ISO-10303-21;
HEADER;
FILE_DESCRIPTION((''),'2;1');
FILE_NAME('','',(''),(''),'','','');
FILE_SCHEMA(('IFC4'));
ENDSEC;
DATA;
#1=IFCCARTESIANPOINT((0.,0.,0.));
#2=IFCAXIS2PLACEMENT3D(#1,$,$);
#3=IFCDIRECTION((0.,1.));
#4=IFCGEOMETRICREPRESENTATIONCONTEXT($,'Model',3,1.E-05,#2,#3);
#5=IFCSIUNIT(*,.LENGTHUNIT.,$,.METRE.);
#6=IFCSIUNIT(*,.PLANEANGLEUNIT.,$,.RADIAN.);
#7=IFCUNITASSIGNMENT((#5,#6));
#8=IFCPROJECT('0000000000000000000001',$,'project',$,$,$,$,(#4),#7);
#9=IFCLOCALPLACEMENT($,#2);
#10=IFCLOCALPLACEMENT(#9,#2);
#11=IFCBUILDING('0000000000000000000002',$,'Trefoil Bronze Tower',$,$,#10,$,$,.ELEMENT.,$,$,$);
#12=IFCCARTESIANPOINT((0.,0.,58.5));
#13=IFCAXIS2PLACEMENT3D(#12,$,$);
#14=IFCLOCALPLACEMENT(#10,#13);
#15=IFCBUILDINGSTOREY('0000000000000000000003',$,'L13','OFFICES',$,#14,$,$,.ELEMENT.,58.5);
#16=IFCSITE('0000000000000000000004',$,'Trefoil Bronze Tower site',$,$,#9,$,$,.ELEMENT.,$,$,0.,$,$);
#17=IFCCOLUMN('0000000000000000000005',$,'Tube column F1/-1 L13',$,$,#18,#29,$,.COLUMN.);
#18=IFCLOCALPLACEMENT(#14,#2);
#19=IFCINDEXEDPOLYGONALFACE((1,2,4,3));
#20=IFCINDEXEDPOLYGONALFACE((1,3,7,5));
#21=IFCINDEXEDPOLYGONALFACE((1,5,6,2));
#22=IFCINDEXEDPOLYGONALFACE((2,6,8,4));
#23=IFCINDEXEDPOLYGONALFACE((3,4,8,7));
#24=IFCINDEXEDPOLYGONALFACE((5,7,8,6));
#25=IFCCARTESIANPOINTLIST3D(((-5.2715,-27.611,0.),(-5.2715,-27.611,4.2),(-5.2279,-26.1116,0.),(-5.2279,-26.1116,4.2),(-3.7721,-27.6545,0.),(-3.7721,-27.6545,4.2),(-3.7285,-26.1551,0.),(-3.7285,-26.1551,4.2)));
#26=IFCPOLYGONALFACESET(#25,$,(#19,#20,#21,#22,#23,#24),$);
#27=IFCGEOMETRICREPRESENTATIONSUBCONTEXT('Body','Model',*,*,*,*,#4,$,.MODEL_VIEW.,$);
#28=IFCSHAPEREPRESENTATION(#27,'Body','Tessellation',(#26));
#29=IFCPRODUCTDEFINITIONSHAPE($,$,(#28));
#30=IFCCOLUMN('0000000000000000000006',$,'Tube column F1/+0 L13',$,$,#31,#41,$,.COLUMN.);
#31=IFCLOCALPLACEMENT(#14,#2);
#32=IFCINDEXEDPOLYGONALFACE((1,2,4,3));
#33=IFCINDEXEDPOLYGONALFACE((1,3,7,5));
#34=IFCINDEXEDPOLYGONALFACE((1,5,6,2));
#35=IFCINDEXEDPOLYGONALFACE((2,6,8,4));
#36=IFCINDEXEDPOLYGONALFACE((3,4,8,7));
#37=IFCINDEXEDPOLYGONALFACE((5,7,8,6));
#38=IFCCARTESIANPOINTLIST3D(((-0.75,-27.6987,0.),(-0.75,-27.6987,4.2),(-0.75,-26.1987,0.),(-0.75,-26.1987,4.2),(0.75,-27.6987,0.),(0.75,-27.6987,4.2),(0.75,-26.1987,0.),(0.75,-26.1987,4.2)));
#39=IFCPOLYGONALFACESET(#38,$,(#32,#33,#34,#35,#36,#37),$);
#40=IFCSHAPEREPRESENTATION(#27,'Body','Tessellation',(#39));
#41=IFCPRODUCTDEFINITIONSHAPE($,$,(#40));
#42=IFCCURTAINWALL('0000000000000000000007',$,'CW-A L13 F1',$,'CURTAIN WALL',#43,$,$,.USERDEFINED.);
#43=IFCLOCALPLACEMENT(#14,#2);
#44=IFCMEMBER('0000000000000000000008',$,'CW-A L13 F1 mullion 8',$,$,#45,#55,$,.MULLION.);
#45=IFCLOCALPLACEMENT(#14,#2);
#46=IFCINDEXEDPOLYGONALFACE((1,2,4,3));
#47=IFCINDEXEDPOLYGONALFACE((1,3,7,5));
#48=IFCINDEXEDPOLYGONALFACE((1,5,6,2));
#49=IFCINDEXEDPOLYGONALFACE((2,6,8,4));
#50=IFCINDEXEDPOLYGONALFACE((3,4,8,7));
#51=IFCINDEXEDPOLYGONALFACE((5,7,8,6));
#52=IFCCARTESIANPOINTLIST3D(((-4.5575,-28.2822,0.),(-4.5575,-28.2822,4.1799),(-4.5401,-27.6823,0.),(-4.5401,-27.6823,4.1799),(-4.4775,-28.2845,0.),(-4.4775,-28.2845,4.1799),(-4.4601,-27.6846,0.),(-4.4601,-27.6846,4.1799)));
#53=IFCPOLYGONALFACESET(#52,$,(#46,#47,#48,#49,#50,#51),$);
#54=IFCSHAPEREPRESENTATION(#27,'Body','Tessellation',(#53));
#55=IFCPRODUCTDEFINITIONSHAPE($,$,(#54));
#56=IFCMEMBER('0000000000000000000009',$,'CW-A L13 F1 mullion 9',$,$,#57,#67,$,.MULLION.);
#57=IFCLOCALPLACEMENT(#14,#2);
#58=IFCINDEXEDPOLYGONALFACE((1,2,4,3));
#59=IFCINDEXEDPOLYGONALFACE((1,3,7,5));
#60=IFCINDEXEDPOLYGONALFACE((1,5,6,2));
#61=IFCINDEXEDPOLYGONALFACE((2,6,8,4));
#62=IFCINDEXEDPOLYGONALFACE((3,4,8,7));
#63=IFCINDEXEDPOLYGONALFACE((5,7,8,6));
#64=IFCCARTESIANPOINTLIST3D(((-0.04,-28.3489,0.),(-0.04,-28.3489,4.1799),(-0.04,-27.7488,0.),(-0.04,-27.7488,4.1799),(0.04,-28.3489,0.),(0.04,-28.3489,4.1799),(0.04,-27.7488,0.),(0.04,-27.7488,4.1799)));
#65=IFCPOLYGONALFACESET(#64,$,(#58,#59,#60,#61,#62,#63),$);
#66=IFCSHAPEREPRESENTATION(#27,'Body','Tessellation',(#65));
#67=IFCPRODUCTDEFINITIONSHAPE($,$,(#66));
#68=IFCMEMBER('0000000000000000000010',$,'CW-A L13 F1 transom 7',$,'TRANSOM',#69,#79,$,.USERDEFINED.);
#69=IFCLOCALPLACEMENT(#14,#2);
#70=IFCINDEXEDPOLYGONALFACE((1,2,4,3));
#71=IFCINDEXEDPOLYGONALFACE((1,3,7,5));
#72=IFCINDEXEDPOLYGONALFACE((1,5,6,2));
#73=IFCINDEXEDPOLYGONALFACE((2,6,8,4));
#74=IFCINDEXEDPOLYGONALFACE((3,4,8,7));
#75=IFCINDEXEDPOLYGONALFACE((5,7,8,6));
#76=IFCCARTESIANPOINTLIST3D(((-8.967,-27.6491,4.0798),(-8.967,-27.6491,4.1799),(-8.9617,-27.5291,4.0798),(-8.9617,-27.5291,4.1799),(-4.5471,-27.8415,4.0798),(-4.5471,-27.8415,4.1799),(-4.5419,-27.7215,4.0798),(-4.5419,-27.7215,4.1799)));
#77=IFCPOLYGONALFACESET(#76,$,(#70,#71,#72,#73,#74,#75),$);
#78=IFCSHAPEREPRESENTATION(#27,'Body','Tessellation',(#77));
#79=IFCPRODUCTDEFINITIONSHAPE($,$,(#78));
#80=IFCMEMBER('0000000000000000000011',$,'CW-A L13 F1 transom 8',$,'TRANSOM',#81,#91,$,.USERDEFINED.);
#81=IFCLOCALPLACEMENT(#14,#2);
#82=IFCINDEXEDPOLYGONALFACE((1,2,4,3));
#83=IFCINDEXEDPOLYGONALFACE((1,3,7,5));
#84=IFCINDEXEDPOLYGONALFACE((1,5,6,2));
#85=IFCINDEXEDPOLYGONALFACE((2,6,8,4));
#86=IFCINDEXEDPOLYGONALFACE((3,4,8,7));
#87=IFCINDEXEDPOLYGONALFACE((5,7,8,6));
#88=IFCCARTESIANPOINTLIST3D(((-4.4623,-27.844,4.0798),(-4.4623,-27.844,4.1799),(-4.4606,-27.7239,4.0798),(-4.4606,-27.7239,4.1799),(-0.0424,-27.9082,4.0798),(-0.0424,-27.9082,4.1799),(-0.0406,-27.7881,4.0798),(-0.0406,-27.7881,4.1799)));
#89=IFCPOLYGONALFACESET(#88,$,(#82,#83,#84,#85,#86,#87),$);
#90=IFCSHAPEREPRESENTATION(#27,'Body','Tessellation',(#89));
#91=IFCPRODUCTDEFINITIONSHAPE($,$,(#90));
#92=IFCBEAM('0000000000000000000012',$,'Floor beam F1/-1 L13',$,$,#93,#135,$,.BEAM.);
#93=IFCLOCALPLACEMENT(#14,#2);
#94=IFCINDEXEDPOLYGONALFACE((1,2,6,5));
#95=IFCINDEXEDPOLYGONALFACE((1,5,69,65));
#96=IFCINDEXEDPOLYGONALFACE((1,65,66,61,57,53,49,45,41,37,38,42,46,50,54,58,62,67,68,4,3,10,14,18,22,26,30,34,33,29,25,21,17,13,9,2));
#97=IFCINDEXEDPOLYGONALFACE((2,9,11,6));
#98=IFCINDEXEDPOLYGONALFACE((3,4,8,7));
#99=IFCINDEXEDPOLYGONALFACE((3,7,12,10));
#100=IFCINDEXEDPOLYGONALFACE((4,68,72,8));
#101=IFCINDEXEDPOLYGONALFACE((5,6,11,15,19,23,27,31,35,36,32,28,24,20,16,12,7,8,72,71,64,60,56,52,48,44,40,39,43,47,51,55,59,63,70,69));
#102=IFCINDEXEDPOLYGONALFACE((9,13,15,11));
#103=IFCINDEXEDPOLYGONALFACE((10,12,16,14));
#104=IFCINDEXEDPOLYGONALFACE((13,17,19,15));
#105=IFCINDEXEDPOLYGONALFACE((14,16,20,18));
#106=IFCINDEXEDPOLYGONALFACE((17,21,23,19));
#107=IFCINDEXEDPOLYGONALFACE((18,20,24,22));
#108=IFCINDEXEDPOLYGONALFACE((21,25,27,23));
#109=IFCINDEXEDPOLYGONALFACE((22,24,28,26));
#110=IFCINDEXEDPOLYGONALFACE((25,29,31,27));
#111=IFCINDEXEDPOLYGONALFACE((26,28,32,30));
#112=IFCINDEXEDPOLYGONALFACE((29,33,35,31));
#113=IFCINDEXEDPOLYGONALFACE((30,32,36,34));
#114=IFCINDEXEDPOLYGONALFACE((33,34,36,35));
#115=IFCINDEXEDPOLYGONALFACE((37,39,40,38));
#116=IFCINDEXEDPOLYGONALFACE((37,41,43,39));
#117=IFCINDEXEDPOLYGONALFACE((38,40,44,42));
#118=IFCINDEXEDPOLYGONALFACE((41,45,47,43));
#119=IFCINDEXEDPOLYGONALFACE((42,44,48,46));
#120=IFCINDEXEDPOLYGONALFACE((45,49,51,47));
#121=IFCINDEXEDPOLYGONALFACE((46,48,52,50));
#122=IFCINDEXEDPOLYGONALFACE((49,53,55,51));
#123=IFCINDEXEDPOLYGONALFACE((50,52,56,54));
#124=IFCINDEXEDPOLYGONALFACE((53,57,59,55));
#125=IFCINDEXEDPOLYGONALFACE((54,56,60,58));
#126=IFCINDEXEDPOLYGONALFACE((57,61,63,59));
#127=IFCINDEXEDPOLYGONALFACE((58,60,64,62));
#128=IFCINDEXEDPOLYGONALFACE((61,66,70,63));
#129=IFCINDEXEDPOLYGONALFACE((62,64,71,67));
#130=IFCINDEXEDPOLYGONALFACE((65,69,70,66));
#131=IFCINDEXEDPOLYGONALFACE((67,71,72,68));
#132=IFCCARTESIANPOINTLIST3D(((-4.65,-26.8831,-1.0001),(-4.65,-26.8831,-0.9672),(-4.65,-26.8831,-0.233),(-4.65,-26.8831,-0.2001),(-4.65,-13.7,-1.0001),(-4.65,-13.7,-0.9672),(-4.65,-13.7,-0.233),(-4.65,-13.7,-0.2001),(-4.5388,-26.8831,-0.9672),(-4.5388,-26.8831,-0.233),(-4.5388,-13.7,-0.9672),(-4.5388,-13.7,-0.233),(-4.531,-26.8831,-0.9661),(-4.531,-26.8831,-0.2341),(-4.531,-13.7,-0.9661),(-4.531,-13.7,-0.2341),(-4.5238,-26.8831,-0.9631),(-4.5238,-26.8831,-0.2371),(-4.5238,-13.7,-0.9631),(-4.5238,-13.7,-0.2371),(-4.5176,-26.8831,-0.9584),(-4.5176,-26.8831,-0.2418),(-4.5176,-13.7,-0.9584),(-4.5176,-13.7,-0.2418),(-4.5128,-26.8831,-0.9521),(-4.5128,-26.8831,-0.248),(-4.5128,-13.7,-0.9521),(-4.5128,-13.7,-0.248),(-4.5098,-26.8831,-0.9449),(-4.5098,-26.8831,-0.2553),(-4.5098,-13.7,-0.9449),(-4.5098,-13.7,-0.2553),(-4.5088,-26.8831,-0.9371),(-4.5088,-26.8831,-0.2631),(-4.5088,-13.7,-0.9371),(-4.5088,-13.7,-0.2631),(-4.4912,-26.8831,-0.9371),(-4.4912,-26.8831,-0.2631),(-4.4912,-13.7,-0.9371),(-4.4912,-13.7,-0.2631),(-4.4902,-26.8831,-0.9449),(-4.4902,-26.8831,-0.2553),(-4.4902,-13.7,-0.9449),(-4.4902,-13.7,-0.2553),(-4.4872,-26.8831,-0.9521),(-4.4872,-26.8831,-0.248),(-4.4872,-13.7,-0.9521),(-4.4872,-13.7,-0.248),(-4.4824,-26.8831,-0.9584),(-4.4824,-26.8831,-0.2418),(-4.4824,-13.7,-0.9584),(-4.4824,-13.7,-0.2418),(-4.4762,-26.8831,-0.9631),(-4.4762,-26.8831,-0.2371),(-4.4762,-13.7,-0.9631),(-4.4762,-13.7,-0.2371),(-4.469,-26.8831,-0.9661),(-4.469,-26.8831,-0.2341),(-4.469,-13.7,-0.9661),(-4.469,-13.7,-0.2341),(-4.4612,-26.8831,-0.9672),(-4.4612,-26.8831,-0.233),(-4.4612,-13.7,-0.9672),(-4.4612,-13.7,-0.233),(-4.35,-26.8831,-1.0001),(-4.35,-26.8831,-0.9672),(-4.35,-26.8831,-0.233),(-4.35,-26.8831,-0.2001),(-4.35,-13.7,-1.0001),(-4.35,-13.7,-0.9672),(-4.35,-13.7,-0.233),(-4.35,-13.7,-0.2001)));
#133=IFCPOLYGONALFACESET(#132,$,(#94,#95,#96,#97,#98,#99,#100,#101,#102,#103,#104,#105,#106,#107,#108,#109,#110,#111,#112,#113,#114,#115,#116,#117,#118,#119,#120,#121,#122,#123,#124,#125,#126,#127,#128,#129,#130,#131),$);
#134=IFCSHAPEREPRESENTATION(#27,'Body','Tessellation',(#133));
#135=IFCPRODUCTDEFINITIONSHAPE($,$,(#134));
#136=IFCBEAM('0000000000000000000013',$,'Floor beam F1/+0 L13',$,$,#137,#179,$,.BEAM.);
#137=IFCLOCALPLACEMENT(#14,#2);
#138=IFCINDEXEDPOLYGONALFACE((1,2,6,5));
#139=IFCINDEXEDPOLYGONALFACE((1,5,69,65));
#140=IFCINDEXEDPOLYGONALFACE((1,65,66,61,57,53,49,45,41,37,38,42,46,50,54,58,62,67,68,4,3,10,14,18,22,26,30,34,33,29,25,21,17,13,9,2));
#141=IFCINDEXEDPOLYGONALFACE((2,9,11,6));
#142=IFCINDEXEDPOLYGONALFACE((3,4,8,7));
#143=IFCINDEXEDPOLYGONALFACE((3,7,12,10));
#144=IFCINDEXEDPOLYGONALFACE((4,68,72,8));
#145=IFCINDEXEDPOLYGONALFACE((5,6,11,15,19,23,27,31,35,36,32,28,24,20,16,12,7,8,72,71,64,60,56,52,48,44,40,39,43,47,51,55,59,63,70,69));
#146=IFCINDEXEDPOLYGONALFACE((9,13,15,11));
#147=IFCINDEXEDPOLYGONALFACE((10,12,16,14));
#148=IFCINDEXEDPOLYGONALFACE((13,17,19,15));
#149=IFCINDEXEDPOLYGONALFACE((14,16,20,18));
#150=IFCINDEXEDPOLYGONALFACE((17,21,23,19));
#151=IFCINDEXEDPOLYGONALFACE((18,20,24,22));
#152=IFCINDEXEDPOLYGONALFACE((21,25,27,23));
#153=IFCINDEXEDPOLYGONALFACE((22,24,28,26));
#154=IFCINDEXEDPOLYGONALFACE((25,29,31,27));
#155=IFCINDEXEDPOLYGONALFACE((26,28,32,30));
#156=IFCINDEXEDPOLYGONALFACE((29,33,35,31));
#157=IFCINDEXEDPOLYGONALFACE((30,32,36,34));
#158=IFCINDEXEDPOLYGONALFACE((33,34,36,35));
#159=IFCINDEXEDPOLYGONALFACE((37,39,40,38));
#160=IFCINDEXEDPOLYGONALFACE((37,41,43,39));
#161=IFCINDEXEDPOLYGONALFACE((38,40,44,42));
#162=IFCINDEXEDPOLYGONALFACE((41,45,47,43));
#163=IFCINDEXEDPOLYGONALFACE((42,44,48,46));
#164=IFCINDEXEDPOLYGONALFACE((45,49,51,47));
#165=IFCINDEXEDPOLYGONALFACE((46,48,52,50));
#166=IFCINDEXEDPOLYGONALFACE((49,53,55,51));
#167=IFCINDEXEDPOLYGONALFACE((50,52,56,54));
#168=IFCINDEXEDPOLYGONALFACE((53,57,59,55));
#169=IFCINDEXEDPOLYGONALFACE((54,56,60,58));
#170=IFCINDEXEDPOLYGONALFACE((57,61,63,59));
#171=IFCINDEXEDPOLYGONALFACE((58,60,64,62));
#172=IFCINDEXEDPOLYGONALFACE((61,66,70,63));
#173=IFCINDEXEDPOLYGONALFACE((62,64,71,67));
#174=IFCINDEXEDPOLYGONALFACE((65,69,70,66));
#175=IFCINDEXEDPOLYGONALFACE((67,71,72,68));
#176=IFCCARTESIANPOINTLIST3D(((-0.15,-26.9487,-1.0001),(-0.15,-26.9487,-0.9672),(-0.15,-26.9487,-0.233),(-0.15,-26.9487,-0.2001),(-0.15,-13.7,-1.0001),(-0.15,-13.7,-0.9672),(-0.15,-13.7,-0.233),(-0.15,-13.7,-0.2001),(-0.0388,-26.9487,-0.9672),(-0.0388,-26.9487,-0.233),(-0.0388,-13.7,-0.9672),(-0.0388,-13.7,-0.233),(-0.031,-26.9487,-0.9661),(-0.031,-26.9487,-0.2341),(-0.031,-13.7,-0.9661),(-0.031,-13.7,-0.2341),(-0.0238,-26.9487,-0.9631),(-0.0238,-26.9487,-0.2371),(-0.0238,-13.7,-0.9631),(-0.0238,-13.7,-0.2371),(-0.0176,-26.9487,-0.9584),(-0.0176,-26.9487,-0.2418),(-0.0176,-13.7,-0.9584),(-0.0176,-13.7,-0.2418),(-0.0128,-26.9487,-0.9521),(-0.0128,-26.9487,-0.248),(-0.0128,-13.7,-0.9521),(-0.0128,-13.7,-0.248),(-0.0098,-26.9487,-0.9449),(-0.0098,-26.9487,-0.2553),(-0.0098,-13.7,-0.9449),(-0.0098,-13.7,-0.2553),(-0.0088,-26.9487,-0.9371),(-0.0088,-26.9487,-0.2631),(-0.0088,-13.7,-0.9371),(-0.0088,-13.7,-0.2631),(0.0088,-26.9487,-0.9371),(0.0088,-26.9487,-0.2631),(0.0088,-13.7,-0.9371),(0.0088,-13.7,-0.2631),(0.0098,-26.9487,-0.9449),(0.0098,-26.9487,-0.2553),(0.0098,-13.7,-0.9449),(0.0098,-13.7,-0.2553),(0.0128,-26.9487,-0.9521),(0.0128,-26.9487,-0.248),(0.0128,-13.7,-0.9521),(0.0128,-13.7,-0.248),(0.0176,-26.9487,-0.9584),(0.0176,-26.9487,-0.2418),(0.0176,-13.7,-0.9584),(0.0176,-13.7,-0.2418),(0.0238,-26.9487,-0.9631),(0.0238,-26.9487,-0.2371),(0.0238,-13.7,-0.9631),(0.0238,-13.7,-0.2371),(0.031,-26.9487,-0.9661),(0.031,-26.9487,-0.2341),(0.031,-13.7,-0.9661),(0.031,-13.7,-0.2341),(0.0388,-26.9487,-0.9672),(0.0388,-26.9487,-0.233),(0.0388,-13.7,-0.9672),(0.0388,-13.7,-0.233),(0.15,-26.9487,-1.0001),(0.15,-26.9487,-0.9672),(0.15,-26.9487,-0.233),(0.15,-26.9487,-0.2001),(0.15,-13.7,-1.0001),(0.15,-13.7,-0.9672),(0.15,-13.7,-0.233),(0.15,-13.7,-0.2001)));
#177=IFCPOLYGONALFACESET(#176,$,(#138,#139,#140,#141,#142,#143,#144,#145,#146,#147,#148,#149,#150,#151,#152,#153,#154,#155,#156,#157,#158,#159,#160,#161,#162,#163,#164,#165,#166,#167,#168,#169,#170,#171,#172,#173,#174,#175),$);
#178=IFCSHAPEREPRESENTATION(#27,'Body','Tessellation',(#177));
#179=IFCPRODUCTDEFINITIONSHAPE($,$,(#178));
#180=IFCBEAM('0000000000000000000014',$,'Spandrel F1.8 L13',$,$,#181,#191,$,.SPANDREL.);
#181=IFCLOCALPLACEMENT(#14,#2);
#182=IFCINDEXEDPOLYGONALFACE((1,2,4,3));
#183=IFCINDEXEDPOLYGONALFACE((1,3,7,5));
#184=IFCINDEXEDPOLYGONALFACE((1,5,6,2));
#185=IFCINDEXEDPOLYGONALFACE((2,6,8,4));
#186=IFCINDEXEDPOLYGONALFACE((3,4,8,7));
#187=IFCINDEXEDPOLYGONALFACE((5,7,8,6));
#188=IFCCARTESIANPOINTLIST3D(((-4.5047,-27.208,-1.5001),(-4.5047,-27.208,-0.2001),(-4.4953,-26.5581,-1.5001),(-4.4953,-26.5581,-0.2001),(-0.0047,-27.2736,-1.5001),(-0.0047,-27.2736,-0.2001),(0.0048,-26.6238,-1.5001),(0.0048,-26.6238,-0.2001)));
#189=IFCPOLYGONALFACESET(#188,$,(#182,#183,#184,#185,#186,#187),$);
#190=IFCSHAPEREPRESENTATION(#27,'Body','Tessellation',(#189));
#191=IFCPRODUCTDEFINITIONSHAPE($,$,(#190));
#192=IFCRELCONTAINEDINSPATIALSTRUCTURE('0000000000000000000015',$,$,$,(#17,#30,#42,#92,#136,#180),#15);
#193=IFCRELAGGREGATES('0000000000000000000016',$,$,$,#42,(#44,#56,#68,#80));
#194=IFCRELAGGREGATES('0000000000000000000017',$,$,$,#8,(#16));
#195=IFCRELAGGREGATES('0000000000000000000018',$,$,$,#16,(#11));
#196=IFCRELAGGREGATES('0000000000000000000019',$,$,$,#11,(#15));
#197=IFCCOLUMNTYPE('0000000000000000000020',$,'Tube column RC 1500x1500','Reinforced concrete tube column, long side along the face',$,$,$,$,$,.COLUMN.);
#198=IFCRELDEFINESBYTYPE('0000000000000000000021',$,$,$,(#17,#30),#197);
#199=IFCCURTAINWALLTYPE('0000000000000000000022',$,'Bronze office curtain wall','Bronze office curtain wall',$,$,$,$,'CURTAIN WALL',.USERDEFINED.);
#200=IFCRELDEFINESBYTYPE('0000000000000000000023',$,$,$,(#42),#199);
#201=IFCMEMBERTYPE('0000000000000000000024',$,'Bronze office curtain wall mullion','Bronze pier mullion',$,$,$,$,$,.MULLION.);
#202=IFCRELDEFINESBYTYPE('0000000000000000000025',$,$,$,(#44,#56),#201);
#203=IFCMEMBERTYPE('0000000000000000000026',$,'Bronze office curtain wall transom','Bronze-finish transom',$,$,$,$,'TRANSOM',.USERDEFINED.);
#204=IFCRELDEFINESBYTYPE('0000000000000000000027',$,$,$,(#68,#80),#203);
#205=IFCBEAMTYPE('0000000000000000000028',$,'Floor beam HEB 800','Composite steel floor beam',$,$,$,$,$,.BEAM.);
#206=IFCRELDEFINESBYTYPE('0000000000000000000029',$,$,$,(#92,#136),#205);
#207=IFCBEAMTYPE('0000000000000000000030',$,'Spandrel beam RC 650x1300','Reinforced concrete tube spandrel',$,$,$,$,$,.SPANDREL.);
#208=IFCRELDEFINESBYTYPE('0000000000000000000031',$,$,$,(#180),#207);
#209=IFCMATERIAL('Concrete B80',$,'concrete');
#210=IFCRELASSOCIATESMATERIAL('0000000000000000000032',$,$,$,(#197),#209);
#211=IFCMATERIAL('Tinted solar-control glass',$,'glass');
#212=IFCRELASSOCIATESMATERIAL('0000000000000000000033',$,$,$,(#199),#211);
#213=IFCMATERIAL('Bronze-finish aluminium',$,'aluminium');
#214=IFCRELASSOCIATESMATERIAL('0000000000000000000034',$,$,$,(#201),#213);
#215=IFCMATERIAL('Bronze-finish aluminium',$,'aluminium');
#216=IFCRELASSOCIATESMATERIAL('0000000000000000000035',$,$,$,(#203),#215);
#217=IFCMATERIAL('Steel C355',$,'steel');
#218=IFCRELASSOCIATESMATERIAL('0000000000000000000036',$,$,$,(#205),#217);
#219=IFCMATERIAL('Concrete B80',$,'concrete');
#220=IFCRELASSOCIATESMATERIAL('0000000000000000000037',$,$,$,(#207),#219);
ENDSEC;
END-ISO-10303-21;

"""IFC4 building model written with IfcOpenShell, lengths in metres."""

from ifc_helpers import new_model, si_unit, direction, frame, origin, origin_2d, place, context, subcontext, project, spatial, rectangle, i_section, extrude, material, material_profile, profile_set, type_object, element, aggregate, save


model = new_model("IFC4")

# Units and contexts
model_context = context("Model", 3, precision=1e-05, world=origin(), true_north=direction((0.0, 1.0)))
body_context = subcontext(model_context, "Body", "Model", "MODEL_VIEW")
ifc_project = project(units=[si_unit("LENGTHUNIT", "METRE"), si_unit("PLANEANGLEUNIT", "RADIAN")], contexts=[model_context])

# Site, building, storey
site_placement = place(None, origin())
site = spatial("IfcSite", under=ifc_project, at=site_placement, Name="Trefoil Bronze Tower site", CompositionType="ELEMENT", RefElevation=0.0)
building_placement = place(site_placement, origin())
building = spatial("IfcBuilding", under=site, at=building_placement, Name="Trefoil Bronze Tower", CompositionType="ELEMENT")
storey_placement = place(building_placement, frame((0.0, 0.0, 58.5)))
storey = spatial("IfcBuildingStorey", under=building, at=storey_placement, Name="L13", Description="OFFICES", CompositionType="ELEMENT", Elevation=58.5)

# Columns
ifc_material_1 = material(Name="Concrete B80", Category="concrete")
ifc_material_profile_1 = material_profile(ifc_material_1, rectangle(XDim=1.5, YDim=1.5, at=origin_2d()), Name="RC 1500x1500")
ifc_profile_set_1 = profile_set([ifc_material_profile_1], Name="Concrete B80")
column_type = type_object("IfcColumnType", Name="Tube column RC 1500x1500", Description="Reinforced concrete tube column, long side along the face", PredefinedType="COLUMN", material=ifc_profile_set_1)
for number, where, z_axis, x_axis, name in (
    (1, (-4.5, -26.8831, 0.0), (0.0, 0.0, 1.0), (0.999579, -0.029022, 0.0), "Tube column F1/-1 L13"),
    (2, (0.0, -26.9487, 0.0), (0.0, 0.0, 1.0), (1.0, 0.0, 0.0), "Tube column F1/+0 L13"),
):
    element("IfcColumn", number, at=place(storey_placement, frame(where, z_axis=z_axis, x_axis=x_axis)), inside=storey, type_object=column_type, Name=name, PredefinedType="COLUMN", context=body_context, shape_type="SweptSolid", body=[
        extrude(rectangle(XDim=1.5, YDim=1.5, at=origin_2d()), origin(), (0.0, 0.0, 1.0), 4.2),
    ])

# Curtain wall, members
ifc_material_2 = material(Name="Tinted solar-control glass", Category="glass")
curtain_wall_type = type_object("IfcCurtainWallType", Name="Bronze office curtain wall", Description="Bronze office curtain wall", ElementType="CURTAIN WALL", PredefinedType="USERDEFINED", material=ifc_material_2)
curtain_wall_placement = place(storey_placement, origin())
curtain_wall = element("IfcCurtainWall", 3, at=curtain_wall_placement, inside=storey, type_object=curtain_wall_type, Name="CW-A L13 F1", ObjectType="CURTAIN WALL", PredefinedType="USERDEFINED")
ifc_material_3 = material(Name="Bronze-finish aluminium", Category="aluminium")
ifc_material_profile_2 = material_profile(ifc_material_3, rectangle(XDim=0.6001, YDim=0.0801, at=origin_2d()), Name="CW-A mullion")
ifc_profile_set_2 = profile_set([ifc_material_profile_2], Name="Bronze-finish aluminium")
member_type_1 = type_object("IfcMemberType", Name="Bronze office curtain wall mullion", Description="Bronze pier mullion", PredefinedType="MULLION", material=ifc_profile_set_2)
member_1_placement = place(storey_placement, frame((-4.5088, -27.9834, 0.0), z_axis=(0.0, 0.0, 1.0), x_axis=(0.029022, 0.999579, 0.0)))
member_1 = element("IfcMember", 4, at=member_1_placement, type_object=member_type_1, Name="CW-A L13 F1 mullion 8", PredefinedType="MULLION", context=body_context, shape_type="SweptSolid", body=[
    extrude(rectangle(XDim=0.6001, YDim=0.0801, at=origin_2d()), origin(), (0.0, 0.0, 1.0), 4.1799),
])
member_2_placement = place(storey_placement, frame((0.0, -28.0488, 0.0), z_axis=(0.0, 0.0, 1.0), x_axis=(0.0, 1.0, 0.0)))
member_2 = element("IfcMember", 5, at=member_2_placement, type_object=member_type_1, Name="CW-A L13 F1 mullion 9", PredefinedType="MULLION", context=body_context, shape_type="SweptSolid", body=[
    extrude(rectangle(XDim=0.6001, YDim=0.0801, at=origin_2d()), origin(), (0.0, 0.0, 1.0), 4.1799),
])
ifc_material_4 = material(Name="Bronze-finish aluminium", Category="aluminium")
ifc_material_profile_3 = material_profile(ifc_material_4, rectangle(XDim=0.1201, YDim=0.1001, at=origin_2d()), Name="CW-A transom")
ifc_profile_set_3 = profile_set([ifc_material_profile_3], Name="Bronze-finish aluminium")
member_type_2 = type_object("IfcMemberType", Name="Bronze office curtain wall transom", Description="Bronze-finish transom", ElementType="TRANSOM", PredefinedType="USERDEFINED", material=ifc_profile_set_3)
member_3_placement = place(storey_placement, frame((-8.9644, -27.5891, 4.1299), z_axis=(0.999054, -0.043485, 0.0), x_axis=(0.043485, 0.999054, 0.0)))
member_3 = element("IfcMember", 6, at=member_3_placement, type_object=member_type_2, Name="CW-A L13 F1 transom 7", ObjectType="TRANSOM", PredefinedType="USERDEFINED", context=body_context, shape_type="SweptSolid", body=[
    extrude(rectangle(XDim=0.1201, YDim=0.1001, at=origin_2d()), origin(), (0.0, 0.0, 1.0), 4.4241),
])
member_4_placement = place(storey_placement, frame((-4.4614, -27.7839, 4.1299), z_axis=(0.999894, -0.014526, 0.0), x_axis=(0.014526, 0.999894, 0.0)))
member_4 = element("IfcMember", 7, at=member_4_placement, type_object=member_type_2, Name="CW-A L13 F1 transom 8", ObjectType="TRANSOM", PredefinedType="USERDEFINED", context=body_context, shape_type="SweptSolid", body=[
    extrude(rectangle(XDim=0.1201, YDim=0.1001, at=origin_2d()), origin(), (0.0, 0.0, 1.0), 4.4204),
])

# Beams
ifc_material_5 = material(Name="Steel C355", Category="steel")
ifc_material_profile_4 = material_profile(ifc_material_5, i_section(OverallWidth=0.3, OverallDepth=0.8, WebThickness=0.0176, FlangeThickness=0.033, FilletRadius=0.03, at=origin_2d()), Name="HEB 800")
ifc_profile_set_4 = profile_set([ifc_material_profile_4], Name="Steel C355")
beam_type_1 = type_object("IfcBeamType", Name="Floor beam HEB 800", Description="Composite steel floor beam", PredefinedType="BEAM", material=ifc_profile_set_4)
beam_1_placement = place(storey_placement, frame((-4.5, -26.8831, -0.6001), z_axis=(0.0, 1.0, 0.0), x_axis=(-1.0, 0.0, 0.0)))
element("IfcBeam", 8, at=beam_1_placement, inside=storey, type_object=beam_type_1, Name="Floor beam F1/-1 L13", PredefinedType="BEAM", context=body_context, shape_type="SweptSolid", body=[
    extrude(i_section(OverallWidth=0.3, OverallDepth=0.8, WebThickness=0.0176, FlangeThickness=0.033, FilletRadius=0.03, at=origin_2d()), origin(), (0.0, 0.0, 1.0), 13.1831),
])
beam_2_placement = place(storey_placement, frame((0.0, -26.9487, -0.6001), z_axis=(0.0, 1.0, 0.0), x_axis=(-1.0, 0.0, 0.0)))
element("IfcBeam", 9, at=beam_2_placement, inside=storey, type_object=beam_type_1, Name="Floor beam F1/+0 L13", PredefinedType="BEAM", context=body_context, shape_type="SweptSolid", body=[
    extrude(i_section(OverallWidth=0.3, OverallDepth=0.8, WebThickness=0.0176, FlangeThickness=0.033, FilletRadius=0.03, at=origin_2d()), origin(), (0.0, 0.0, 1.0), 13.2488),
])
ifc_material_6 = material(Name="Concrete B80", Category="concrete")
ifc_material_profile_5 = material_profile(ifc_material_6, rectangle(XDim=0.6499, YDim=1.3, at=origin_2d()), Name="RC 650x1300")
ifc_profile_set_5 = profile_set([ifc_material_profile_5], Name="Concrete B80")
beam_type_2 = type_object("IfcBeamType", Name="Spandrel beam RC 650x1300", Description="Reinforced concrete tube spandrel", PredefinedType="SPANDREL", material=ifc_profile_set_5)
for number, where, z_axis, x_axis, name in (
    (10, (-4.5, -26.8831, -0.8501), (0.999894, -0.014593, 0.0), (0.014593, 0.999894, 0.0), "Spandrel F1.8 L13"),
):
    element("IfcBeam", number, at=place(storey_placement, frame(where, z_axis=z_axis, x_axis=x_axis)), inside=storey, type_object=beam_type_2, Name=name, PredefinedType="SPANDREL", context=body_context, shape_type="SweptSolid", body=[
        extrude(rectangle(XDim=0.6499, YDim=1.3, at=origin_2d()), origin(), (0.0, 0.0, 1.0), 4.5005),
    ])

aggregate(curtain_wall, [member_1, member_2, member_3, member_4])

save(model, "model.ifc")
